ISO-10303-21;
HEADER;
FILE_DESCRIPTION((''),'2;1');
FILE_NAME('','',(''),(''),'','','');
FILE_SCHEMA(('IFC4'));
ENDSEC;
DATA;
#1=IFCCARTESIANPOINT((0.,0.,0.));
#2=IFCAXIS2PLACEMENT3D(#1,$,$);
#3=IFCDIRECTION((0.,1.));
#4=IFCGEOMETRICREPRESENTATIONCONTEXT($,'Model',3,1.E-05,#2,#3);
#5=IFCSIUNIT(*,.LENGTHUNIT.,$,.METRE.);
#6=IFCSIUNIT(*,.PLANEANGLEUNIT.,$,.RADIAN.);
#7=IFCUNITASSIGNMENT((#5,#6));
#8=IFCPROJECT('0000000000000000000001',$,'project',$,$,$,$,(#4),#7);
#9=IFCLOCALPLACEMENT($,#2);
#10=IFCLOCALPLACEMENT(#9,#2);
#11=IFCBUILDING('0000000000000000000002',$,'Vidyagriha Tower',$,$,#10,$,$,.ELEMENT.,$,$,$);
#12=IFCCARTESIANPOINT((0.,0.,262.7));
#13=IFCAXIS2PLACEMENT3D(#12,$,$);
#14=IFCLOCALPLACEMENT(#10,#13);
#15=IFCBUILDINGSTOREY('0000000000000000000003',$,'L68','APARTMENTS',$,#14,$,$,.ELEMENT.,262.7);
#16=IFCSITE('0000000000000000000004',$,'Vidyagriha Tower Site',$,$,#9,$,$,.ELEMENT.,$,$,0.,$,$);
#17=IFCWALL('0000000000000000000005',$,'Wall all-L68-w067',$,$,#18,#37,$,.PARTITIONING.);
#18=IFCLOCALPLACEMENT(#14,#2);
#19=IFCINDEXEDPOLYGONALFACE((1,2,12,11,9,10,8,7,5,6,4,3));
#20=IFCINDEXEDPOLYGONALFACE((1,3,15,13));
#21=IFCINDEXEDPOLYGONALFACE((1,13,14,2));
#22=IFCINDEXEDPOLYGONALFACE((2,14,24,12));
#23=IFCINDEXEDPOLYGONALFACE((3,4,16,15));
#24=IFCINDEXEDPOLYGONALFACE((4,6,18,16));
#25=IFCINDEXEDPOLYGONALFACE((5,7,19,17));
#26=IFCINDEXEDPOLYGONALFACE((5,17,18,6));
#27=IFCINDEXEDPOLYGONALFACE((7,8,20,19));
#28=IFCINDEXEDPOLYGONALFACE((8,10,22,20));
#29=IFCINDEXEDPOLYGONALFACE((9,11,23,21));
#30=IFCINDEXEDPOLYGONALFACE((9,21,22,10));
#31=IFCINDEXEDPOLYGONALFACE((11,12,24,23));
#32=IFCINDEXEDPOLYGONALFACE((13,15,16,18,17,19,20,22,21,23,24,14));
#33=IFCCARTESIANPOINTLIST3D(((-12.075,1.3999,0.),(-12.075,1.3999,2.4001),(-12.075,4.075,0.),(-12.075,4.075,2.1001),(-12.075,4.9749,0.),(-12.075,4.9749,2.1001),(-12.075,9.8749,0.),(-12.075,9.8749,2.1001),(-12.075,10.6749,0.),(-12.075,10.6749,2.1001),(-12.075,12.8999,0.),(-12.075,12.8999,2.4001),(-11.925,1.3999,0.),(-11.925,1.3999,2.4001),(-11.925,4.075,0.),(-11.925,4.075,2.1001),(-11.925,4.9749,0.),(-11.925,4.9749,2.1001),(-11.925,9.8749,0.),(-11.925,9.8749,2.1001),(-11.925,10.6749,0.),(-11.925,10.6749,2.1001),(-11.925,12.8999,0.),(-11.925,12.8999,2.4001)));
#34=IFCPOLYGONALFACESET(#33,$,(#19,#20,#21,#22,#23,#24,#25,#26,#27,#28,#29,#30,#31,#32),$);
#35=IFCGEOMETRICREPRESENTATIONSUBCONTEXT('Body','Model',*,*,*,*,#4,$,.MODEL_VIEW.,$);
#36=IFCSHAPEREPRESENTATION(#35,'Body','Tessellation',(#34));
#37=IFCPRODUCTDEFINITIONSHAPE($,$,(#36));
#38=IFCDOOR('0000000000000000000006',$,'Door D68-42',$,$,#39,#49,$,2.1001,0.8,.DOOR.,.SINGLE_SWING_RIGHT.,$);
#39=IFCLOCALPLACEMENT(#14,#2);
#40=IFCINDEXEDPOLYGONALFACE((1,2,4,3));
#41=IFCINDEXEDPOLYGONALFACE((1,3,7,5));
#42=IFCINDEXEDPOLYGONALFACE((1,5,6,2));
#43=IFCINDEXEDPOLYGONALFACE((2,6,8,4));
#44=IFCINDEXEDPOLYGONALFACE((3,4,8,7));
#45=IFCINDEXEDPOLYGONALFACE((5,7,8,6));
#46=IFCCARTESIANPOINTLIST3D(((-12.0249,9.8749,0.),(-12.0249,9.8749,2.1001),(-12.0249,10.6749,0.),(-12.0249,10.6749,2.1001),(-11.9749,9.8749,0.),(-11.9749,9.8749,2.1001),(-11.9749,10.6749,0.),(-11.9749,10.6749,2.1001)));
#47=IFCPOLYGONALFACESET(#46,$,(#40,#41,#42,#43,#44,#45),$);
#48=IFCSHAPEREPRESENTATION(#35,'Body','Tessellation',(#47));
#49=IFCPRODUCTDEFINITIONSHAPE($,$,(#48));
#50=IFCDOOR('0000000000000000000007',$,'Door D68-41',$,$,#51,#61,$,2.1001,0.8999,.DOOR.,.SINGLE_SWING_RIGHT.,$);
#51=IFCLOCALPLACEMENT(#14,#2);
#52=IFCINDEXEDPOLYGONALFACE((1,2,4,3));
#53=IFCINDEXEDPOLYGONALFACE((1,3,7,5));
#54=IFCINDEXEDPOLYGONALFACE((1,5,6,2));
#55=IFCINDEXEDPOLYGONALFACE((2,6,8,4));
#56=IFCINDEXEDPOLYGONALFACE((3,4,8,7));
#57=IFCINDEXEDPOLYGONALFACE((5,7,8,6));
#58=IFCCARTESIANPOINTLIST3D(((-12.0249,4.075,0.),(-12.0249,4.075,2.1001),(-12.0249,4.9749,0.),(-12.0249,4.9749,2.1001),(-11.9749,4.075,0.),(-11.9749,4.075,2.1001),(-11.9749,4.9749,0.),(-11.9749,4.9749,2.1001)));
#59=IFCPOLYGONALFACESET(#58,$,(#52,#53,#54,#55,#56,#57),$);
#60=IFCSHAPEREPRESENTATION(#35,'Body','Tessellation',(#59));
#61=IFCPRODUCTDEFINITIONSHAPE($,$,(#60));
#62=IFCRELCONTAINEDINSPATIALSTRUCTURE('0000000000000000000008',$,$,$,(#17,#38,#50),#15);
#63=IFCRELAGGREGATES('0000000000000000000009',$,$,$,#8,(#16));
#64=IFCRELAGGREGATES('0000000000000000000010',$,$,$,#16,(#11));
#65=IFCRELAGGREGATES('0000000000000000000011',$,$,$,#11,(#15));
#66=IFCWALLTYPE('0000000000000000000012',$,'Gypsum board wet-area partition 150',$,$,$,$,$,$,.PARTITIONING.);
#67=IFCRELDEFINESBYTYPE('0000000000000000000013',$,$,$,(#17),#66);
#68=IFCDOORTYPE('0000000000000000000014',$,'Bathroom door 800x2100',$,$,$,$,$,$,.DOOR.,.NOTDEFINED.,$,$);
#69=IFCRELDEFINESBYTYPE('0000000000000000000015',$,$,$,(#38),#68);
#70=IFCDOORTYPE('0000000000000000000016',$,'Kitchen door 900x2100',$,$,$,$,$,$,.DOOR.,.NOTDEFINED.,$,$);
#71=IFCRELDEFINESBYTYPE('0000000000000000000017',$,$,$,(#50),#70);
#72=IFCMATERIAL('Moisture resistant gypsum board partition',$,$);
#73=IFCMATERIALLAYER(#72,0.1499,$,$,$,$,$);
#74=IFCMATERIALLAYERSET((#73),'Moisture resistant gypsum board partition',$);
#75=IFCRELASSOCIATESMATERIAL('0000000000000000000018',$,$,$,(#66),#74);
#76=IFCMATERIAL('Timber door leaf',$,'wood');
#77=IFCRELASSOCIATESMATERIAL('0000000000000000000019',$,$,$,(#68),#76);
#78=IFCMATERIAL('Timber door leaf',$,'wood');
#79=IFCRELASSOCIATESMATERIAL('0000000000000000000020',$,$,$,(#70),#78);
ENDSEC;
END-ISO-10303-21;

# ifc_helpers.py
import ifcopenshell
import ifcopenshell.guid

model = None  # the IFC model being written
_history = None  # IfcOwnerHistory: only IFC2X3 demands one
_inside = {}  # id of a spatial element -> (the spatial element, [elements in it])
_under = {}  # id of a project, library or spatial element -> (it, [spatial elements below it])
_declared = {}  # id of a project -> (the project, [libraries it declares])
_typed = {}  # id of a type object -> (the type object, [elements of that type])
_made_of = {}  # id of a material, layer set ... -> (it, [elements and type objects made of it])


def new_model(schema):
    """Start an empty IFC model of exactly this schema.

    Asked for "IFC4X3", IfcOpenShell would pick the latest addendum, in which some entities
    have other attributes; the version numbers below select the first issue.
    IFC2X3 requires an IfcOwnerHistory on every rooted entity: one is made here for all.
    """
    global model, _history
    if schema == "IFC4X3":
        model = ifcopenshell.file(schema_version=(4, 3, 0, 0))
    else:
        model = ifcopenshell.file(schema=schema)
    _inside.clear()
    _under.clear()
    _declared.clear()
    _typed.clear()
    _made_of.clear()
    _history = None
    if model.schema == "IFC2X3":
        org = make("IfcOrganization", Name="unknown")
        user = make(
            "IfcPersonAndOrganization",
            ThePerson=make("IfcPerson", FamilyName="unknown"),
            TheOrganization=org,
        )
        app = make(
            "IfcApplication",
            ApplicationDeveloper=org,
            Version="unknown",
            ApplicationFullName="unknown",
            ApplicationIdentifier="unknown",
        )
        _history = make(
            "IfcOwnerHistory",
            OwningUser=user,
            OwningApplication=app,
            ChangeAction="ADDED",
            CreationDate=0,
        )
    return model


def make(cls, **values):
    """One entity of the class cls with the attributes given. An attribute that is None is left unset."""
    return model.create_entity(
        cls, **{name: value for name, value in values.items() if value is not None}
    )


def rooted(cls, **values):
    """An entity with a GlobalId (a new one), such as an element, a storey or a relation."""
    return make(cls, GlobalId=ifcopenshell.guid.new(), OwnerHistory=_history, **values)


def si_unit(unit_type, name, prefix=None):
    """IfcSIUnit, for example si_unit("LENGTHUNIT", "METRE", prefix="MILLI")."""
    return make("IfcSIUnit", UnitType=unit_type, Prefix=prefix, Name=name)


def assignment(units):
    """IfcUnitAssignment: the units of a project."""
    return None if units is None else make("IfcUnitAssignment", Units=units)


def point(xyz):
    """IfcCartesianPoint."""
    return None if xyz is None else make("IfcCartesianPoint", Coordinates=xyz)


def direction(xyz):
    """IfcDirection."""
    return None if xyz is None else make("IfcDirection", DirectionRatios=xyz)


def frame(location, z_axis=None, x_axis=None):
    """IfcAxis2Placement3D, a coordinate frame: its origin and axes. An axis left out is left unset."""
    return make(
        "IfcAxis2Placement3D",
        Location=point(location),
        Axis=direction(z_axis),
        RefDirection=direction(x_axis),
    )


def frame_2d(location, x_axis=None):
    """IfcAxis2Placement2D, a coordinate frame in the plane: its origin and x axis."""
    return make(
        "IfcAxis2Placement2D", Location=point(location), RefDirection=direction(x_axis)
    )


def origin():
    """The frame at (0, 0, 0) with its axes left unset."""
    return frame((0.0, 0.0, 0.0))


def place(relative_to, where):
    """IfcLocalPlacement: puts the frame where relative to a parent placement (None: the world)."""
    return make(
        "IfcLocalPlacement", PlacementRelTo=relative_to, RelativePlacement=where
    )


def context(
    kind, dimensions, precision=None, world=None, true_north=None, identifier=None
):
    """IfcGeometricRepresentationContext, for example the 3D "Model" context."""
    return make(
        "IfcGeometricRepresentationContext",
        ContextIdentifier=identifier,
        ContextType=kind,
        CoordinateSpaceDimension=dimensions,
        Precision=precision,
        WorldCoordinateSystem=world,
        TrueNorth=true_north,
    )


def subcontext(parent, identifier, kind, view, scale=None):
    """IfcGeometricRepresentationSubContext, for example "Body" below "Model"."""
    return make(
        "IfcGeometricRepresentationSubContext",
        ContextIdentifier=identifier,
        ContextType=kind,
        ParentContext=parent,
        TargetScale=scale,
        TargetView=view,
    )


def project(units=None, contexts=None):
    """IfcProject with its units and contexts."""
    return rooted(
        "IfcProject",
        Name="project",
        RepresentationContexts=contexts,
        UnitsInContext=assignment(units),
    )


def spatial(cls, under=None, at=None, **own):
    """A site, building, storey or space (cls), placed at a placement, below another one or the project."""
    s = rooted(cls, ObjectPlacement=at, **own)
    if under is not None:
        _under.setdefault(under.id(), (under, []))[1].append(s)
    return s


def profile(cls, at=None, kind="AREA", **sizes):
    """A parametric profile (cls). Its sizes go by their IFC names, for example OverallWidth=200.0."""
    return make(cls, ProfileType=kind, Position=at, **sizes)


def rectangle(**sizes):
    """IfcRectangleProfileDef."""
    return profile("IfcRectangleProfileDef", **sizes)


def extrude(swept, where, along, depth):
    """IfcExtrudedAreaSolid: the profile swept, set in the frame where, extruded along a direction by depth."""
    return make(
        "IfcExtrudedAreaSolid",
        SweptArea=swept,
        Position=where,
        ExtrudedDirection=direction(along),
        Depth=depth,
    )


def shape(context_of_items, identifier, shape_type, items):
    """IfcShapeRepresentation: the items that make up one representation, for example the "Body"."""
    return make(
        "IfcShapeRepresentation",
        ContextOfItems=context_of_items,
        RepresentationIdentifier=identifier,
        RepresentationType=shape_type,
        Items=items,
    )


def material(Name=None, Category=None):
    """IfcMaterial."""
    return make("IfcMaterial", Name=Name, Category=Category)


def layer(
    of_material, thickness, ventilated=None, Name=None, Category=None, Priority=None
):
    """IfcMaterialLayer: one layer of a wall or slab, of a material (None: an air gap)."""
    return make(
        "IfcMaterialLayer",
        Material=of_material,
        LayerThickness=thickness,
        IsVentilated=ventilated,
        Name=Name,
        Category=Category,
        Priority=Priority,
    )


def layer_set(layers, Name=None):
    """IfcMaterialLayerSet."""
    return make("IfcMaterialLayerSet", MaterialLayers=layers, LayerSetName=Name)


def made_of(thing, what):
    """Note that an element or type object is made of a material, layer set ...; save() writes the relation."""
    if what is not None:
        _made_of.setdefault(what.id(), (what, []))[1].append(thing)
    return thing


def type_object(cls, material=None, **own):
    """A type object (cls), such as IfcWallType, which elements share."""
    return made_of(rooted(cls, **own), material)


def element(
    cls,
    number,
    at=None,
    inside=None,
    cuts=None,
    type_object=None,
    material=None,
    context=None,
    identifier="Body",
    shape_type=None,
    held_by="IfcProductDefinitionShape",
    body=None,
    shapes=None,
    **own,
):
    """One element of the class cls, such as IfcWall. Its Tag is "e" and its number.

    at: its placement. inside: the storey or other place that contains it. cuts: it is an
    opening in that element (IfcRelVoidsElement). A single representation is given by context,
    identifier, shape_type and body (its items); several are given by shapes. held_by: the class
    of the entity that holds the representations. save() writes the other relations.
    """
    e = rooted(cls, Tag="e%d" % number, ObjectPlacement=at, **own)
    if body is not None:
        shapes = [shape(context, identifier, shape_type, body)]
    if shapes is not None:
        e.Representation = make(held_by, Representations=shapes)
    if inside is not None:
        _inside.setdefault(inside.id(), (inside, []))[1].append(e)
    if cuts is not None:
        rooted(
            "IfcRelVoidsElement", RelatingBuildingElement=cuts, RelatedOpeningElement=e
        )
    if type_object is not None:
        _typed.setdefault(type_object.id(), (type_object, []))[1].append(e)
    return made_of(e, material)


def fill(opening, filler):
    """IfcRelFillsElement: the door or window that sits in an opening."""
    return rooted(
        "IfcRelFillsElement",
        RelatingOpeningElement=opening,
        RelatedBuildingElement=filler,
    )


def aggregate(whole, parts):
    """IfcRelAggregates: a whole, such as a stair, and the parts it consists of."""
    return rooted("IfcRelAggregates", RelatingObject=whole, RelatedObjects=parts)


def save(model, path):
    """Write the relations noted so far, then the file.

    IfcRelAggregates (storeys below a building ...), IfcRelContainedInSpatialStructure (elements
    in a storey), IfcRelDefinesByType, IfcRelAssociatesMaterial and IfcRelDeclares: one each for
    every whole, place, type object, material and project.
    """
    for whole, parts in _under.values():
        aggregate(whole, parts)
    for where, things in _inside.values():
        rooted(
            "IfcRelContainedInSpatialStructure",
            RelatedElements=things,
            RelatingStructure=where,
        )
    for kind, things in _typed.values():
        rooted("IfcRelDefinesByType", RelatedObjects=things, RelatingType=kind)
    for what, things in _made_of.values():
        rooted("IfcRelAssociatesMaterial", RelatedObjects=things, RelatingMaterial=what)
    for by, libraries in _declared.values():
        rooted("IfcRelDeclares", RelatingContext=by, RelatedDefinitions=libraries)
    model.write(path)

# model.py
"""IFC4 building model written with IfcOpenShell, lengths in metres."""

from ifc_helpers import new_model, si_unit, direction, frame, frame_2d, origin, place, context, subcontext, project, spatial, rectangle, extrude, material, layer, layer_set, type_object, element, fill, save


model = new_model("IFC4")

# Units and contexts
model_context = context("Model", 3, precision=1e-05, world=origin(), true_north=direction((0.0, 1.0)))
body_context = subcontext(model_context, "Body", "Model", "MODEL_VIEW")
ifc_project = project(units=[si_unit("LENGTHUNIT", "METRE"), si_unit("PLANEANGLEUNIT", "RADIAN")], contexts=[model_context])

# Site, building, storey
site_placement = place(None, origin())
site = spatial("IfcSite", under=ifc_project, at=site_placement, Name="Vidyagriha Tower Site", CompositionType="ELEMENT", RefElevation=0.0)
building_placement = place(site_placement, origin())
building = spatial("IfcBuilding", under=site, at=building_placement, Name="Vidyagriha Tower", CompositionType="ELEMENT")
storey_placement = place(building_placement, frame((0.0, 0.0, 262.7)))
storey = spatial("IfcBuildingStorey", under=building, at=storey_placement, Name="L68", Description="APARTMENTS", CompositionType="ELEMENT", Elevation=262.7)

# Wall, openings, doors
ifc_material_1 = material(Name="Moisture resistant gypsum board partition")
ifc_layer_1 = layer(ifc_material_1, 0.1499)
ifc_layer_set_1 = layer_set([ifc_layer_1], Name="Moisture resistant gypsum board partition")
wall_type_1 = type_object("IfcWallType", Name="Gypsum board wet-area partition 150", PredefinedType="PARTITIONING", material=ifc_layer_set_1)
ifc_material_2 = material(Name="Timber door leaf", Category="wood")
door_type_1 = type_object("IfcDoorType", Name="Bathroom door 800x2100", OperationType="NOTDEFINED", PredefinedType="DOOR", material=ifc_material_2)
ifc_material_3 = material(Name="Timber door leaf", Category="wood")
door_type_2 = type_object("IfcDoorType", Name="Kitchen door 900x2100", OperationType="NOTDEFINED", PredefinedType="DOOR", material=ifc_material_3)
wall_1_placement = place(storey_placement, frame((-12.0, 1.3999, 0.0), z_axis=(0.0, 0.0, 1.0), x_axis=(0.0, 1.0, 0.0)))
wall_1 = element("IfcWall", 1, at=wall_1_placement, inside=storey, type_object=wall_type_1, Name="Wall all-L68-w067", PredefinedType="PARTITIONING", context=body_context, shape_type="SweptSolid", body=[
    extrude(rectangle(XDim=11.5, YDim=0.1499, at=frame_2d((5.75, 0.0))), origin(), (0.0, 0.0, 1.0), 2.4001),
])
opening_1_placement = place(wall_1_placement, frame((2.675, 0.0, 0.0)))
opening_1 = element("IfcOpeningElement", 2, at=opening_1_placement, cuts=wall_1, PredefinedType="OPENING", context=body_context, shape_type="SweptSolid", body=[
    extrude(rectangle(XDim=0.8999, YDim=2.1001, at=frame_2d((0.45, 1.05))), frame((0.0, 0.085, 0.0), z_axis=(0.0, -1.0, 0.0), x_axis=(1.0, 0.0, 0.0)), (0.0, 0.0, 1.0), 0.1699),
])
opening_2_placement = place(wall_1_placement, frame((8.4751, 0.0, 0.0)))
opening_2 = element("IfcOpeningElement", 3, at=opening_2_placement, cuts=wall_1, PredefinedType="OPENING", context=body_context, shape_type="SweptSolid", body=[
    extrude(rectangle(XDim=0.8, YDim=2.1001, at=frame_2d((0.3999, 1.05))), frame((0.0, 0.085, 0.0), z_axis=(0.0, -1.0, 0.0), x_axis=(1.0, 0.0, 0.0)), (0.0, 0.0, 1.0), 0.1699),
])
door_1_placement = place(opening_2_placement, origin())
door_1 = element("IfcDoor", 4, at=door_1_placement, inside=storey, type_object=door_type_1, Name="Door D68-42", OperationType="SINGLE_SWING_RIGHT", OverallHeight=2.1001, OverallWidth=0.8, PredefinedType="DOOR", context=body_context, shape_type="SweptSolid", body=[
    extrude(rectangle(XDim=0.8, YDim=2.1001, at=frame_2d((0.3999, 1.05))), frame((0.0, 0.0249, 0.0), z_axis=(0.0, -1.0, 0.0), x_axis=(1.0, 0.0, 0.0)), (0.0, 0.0, 1.0), 0.05),
])
fill(opening_2, door_1)
door_2_placement = place(opening_1_placement, origin())
door_2 = element("IfcDoor", 5, at=door_2_placement, inside=storey, type_object=door_type_2, Name="Door D68-41", OperationType="SINGLE_SWING_RIGHT", OverallHeight=2.1001, OverallWidth=0.8999, PredefinedType="DOOR", context=body_context, shape_type="SweptSolid", body=[
    extrude(rectangle(XDim=0.8999, YDim=2.1001, at=frame_2d((0.45, 1.05))), frame((0.0, 0.0249, 0.0), z_axis=(0.0, -1.0, 0.0), x_axis=(1.0, 0.0, 0.0)), (0.0, 0.0, 1.0), 0.05),
])
fill(opening_1, door_2)

save(model, "model.ifc")
